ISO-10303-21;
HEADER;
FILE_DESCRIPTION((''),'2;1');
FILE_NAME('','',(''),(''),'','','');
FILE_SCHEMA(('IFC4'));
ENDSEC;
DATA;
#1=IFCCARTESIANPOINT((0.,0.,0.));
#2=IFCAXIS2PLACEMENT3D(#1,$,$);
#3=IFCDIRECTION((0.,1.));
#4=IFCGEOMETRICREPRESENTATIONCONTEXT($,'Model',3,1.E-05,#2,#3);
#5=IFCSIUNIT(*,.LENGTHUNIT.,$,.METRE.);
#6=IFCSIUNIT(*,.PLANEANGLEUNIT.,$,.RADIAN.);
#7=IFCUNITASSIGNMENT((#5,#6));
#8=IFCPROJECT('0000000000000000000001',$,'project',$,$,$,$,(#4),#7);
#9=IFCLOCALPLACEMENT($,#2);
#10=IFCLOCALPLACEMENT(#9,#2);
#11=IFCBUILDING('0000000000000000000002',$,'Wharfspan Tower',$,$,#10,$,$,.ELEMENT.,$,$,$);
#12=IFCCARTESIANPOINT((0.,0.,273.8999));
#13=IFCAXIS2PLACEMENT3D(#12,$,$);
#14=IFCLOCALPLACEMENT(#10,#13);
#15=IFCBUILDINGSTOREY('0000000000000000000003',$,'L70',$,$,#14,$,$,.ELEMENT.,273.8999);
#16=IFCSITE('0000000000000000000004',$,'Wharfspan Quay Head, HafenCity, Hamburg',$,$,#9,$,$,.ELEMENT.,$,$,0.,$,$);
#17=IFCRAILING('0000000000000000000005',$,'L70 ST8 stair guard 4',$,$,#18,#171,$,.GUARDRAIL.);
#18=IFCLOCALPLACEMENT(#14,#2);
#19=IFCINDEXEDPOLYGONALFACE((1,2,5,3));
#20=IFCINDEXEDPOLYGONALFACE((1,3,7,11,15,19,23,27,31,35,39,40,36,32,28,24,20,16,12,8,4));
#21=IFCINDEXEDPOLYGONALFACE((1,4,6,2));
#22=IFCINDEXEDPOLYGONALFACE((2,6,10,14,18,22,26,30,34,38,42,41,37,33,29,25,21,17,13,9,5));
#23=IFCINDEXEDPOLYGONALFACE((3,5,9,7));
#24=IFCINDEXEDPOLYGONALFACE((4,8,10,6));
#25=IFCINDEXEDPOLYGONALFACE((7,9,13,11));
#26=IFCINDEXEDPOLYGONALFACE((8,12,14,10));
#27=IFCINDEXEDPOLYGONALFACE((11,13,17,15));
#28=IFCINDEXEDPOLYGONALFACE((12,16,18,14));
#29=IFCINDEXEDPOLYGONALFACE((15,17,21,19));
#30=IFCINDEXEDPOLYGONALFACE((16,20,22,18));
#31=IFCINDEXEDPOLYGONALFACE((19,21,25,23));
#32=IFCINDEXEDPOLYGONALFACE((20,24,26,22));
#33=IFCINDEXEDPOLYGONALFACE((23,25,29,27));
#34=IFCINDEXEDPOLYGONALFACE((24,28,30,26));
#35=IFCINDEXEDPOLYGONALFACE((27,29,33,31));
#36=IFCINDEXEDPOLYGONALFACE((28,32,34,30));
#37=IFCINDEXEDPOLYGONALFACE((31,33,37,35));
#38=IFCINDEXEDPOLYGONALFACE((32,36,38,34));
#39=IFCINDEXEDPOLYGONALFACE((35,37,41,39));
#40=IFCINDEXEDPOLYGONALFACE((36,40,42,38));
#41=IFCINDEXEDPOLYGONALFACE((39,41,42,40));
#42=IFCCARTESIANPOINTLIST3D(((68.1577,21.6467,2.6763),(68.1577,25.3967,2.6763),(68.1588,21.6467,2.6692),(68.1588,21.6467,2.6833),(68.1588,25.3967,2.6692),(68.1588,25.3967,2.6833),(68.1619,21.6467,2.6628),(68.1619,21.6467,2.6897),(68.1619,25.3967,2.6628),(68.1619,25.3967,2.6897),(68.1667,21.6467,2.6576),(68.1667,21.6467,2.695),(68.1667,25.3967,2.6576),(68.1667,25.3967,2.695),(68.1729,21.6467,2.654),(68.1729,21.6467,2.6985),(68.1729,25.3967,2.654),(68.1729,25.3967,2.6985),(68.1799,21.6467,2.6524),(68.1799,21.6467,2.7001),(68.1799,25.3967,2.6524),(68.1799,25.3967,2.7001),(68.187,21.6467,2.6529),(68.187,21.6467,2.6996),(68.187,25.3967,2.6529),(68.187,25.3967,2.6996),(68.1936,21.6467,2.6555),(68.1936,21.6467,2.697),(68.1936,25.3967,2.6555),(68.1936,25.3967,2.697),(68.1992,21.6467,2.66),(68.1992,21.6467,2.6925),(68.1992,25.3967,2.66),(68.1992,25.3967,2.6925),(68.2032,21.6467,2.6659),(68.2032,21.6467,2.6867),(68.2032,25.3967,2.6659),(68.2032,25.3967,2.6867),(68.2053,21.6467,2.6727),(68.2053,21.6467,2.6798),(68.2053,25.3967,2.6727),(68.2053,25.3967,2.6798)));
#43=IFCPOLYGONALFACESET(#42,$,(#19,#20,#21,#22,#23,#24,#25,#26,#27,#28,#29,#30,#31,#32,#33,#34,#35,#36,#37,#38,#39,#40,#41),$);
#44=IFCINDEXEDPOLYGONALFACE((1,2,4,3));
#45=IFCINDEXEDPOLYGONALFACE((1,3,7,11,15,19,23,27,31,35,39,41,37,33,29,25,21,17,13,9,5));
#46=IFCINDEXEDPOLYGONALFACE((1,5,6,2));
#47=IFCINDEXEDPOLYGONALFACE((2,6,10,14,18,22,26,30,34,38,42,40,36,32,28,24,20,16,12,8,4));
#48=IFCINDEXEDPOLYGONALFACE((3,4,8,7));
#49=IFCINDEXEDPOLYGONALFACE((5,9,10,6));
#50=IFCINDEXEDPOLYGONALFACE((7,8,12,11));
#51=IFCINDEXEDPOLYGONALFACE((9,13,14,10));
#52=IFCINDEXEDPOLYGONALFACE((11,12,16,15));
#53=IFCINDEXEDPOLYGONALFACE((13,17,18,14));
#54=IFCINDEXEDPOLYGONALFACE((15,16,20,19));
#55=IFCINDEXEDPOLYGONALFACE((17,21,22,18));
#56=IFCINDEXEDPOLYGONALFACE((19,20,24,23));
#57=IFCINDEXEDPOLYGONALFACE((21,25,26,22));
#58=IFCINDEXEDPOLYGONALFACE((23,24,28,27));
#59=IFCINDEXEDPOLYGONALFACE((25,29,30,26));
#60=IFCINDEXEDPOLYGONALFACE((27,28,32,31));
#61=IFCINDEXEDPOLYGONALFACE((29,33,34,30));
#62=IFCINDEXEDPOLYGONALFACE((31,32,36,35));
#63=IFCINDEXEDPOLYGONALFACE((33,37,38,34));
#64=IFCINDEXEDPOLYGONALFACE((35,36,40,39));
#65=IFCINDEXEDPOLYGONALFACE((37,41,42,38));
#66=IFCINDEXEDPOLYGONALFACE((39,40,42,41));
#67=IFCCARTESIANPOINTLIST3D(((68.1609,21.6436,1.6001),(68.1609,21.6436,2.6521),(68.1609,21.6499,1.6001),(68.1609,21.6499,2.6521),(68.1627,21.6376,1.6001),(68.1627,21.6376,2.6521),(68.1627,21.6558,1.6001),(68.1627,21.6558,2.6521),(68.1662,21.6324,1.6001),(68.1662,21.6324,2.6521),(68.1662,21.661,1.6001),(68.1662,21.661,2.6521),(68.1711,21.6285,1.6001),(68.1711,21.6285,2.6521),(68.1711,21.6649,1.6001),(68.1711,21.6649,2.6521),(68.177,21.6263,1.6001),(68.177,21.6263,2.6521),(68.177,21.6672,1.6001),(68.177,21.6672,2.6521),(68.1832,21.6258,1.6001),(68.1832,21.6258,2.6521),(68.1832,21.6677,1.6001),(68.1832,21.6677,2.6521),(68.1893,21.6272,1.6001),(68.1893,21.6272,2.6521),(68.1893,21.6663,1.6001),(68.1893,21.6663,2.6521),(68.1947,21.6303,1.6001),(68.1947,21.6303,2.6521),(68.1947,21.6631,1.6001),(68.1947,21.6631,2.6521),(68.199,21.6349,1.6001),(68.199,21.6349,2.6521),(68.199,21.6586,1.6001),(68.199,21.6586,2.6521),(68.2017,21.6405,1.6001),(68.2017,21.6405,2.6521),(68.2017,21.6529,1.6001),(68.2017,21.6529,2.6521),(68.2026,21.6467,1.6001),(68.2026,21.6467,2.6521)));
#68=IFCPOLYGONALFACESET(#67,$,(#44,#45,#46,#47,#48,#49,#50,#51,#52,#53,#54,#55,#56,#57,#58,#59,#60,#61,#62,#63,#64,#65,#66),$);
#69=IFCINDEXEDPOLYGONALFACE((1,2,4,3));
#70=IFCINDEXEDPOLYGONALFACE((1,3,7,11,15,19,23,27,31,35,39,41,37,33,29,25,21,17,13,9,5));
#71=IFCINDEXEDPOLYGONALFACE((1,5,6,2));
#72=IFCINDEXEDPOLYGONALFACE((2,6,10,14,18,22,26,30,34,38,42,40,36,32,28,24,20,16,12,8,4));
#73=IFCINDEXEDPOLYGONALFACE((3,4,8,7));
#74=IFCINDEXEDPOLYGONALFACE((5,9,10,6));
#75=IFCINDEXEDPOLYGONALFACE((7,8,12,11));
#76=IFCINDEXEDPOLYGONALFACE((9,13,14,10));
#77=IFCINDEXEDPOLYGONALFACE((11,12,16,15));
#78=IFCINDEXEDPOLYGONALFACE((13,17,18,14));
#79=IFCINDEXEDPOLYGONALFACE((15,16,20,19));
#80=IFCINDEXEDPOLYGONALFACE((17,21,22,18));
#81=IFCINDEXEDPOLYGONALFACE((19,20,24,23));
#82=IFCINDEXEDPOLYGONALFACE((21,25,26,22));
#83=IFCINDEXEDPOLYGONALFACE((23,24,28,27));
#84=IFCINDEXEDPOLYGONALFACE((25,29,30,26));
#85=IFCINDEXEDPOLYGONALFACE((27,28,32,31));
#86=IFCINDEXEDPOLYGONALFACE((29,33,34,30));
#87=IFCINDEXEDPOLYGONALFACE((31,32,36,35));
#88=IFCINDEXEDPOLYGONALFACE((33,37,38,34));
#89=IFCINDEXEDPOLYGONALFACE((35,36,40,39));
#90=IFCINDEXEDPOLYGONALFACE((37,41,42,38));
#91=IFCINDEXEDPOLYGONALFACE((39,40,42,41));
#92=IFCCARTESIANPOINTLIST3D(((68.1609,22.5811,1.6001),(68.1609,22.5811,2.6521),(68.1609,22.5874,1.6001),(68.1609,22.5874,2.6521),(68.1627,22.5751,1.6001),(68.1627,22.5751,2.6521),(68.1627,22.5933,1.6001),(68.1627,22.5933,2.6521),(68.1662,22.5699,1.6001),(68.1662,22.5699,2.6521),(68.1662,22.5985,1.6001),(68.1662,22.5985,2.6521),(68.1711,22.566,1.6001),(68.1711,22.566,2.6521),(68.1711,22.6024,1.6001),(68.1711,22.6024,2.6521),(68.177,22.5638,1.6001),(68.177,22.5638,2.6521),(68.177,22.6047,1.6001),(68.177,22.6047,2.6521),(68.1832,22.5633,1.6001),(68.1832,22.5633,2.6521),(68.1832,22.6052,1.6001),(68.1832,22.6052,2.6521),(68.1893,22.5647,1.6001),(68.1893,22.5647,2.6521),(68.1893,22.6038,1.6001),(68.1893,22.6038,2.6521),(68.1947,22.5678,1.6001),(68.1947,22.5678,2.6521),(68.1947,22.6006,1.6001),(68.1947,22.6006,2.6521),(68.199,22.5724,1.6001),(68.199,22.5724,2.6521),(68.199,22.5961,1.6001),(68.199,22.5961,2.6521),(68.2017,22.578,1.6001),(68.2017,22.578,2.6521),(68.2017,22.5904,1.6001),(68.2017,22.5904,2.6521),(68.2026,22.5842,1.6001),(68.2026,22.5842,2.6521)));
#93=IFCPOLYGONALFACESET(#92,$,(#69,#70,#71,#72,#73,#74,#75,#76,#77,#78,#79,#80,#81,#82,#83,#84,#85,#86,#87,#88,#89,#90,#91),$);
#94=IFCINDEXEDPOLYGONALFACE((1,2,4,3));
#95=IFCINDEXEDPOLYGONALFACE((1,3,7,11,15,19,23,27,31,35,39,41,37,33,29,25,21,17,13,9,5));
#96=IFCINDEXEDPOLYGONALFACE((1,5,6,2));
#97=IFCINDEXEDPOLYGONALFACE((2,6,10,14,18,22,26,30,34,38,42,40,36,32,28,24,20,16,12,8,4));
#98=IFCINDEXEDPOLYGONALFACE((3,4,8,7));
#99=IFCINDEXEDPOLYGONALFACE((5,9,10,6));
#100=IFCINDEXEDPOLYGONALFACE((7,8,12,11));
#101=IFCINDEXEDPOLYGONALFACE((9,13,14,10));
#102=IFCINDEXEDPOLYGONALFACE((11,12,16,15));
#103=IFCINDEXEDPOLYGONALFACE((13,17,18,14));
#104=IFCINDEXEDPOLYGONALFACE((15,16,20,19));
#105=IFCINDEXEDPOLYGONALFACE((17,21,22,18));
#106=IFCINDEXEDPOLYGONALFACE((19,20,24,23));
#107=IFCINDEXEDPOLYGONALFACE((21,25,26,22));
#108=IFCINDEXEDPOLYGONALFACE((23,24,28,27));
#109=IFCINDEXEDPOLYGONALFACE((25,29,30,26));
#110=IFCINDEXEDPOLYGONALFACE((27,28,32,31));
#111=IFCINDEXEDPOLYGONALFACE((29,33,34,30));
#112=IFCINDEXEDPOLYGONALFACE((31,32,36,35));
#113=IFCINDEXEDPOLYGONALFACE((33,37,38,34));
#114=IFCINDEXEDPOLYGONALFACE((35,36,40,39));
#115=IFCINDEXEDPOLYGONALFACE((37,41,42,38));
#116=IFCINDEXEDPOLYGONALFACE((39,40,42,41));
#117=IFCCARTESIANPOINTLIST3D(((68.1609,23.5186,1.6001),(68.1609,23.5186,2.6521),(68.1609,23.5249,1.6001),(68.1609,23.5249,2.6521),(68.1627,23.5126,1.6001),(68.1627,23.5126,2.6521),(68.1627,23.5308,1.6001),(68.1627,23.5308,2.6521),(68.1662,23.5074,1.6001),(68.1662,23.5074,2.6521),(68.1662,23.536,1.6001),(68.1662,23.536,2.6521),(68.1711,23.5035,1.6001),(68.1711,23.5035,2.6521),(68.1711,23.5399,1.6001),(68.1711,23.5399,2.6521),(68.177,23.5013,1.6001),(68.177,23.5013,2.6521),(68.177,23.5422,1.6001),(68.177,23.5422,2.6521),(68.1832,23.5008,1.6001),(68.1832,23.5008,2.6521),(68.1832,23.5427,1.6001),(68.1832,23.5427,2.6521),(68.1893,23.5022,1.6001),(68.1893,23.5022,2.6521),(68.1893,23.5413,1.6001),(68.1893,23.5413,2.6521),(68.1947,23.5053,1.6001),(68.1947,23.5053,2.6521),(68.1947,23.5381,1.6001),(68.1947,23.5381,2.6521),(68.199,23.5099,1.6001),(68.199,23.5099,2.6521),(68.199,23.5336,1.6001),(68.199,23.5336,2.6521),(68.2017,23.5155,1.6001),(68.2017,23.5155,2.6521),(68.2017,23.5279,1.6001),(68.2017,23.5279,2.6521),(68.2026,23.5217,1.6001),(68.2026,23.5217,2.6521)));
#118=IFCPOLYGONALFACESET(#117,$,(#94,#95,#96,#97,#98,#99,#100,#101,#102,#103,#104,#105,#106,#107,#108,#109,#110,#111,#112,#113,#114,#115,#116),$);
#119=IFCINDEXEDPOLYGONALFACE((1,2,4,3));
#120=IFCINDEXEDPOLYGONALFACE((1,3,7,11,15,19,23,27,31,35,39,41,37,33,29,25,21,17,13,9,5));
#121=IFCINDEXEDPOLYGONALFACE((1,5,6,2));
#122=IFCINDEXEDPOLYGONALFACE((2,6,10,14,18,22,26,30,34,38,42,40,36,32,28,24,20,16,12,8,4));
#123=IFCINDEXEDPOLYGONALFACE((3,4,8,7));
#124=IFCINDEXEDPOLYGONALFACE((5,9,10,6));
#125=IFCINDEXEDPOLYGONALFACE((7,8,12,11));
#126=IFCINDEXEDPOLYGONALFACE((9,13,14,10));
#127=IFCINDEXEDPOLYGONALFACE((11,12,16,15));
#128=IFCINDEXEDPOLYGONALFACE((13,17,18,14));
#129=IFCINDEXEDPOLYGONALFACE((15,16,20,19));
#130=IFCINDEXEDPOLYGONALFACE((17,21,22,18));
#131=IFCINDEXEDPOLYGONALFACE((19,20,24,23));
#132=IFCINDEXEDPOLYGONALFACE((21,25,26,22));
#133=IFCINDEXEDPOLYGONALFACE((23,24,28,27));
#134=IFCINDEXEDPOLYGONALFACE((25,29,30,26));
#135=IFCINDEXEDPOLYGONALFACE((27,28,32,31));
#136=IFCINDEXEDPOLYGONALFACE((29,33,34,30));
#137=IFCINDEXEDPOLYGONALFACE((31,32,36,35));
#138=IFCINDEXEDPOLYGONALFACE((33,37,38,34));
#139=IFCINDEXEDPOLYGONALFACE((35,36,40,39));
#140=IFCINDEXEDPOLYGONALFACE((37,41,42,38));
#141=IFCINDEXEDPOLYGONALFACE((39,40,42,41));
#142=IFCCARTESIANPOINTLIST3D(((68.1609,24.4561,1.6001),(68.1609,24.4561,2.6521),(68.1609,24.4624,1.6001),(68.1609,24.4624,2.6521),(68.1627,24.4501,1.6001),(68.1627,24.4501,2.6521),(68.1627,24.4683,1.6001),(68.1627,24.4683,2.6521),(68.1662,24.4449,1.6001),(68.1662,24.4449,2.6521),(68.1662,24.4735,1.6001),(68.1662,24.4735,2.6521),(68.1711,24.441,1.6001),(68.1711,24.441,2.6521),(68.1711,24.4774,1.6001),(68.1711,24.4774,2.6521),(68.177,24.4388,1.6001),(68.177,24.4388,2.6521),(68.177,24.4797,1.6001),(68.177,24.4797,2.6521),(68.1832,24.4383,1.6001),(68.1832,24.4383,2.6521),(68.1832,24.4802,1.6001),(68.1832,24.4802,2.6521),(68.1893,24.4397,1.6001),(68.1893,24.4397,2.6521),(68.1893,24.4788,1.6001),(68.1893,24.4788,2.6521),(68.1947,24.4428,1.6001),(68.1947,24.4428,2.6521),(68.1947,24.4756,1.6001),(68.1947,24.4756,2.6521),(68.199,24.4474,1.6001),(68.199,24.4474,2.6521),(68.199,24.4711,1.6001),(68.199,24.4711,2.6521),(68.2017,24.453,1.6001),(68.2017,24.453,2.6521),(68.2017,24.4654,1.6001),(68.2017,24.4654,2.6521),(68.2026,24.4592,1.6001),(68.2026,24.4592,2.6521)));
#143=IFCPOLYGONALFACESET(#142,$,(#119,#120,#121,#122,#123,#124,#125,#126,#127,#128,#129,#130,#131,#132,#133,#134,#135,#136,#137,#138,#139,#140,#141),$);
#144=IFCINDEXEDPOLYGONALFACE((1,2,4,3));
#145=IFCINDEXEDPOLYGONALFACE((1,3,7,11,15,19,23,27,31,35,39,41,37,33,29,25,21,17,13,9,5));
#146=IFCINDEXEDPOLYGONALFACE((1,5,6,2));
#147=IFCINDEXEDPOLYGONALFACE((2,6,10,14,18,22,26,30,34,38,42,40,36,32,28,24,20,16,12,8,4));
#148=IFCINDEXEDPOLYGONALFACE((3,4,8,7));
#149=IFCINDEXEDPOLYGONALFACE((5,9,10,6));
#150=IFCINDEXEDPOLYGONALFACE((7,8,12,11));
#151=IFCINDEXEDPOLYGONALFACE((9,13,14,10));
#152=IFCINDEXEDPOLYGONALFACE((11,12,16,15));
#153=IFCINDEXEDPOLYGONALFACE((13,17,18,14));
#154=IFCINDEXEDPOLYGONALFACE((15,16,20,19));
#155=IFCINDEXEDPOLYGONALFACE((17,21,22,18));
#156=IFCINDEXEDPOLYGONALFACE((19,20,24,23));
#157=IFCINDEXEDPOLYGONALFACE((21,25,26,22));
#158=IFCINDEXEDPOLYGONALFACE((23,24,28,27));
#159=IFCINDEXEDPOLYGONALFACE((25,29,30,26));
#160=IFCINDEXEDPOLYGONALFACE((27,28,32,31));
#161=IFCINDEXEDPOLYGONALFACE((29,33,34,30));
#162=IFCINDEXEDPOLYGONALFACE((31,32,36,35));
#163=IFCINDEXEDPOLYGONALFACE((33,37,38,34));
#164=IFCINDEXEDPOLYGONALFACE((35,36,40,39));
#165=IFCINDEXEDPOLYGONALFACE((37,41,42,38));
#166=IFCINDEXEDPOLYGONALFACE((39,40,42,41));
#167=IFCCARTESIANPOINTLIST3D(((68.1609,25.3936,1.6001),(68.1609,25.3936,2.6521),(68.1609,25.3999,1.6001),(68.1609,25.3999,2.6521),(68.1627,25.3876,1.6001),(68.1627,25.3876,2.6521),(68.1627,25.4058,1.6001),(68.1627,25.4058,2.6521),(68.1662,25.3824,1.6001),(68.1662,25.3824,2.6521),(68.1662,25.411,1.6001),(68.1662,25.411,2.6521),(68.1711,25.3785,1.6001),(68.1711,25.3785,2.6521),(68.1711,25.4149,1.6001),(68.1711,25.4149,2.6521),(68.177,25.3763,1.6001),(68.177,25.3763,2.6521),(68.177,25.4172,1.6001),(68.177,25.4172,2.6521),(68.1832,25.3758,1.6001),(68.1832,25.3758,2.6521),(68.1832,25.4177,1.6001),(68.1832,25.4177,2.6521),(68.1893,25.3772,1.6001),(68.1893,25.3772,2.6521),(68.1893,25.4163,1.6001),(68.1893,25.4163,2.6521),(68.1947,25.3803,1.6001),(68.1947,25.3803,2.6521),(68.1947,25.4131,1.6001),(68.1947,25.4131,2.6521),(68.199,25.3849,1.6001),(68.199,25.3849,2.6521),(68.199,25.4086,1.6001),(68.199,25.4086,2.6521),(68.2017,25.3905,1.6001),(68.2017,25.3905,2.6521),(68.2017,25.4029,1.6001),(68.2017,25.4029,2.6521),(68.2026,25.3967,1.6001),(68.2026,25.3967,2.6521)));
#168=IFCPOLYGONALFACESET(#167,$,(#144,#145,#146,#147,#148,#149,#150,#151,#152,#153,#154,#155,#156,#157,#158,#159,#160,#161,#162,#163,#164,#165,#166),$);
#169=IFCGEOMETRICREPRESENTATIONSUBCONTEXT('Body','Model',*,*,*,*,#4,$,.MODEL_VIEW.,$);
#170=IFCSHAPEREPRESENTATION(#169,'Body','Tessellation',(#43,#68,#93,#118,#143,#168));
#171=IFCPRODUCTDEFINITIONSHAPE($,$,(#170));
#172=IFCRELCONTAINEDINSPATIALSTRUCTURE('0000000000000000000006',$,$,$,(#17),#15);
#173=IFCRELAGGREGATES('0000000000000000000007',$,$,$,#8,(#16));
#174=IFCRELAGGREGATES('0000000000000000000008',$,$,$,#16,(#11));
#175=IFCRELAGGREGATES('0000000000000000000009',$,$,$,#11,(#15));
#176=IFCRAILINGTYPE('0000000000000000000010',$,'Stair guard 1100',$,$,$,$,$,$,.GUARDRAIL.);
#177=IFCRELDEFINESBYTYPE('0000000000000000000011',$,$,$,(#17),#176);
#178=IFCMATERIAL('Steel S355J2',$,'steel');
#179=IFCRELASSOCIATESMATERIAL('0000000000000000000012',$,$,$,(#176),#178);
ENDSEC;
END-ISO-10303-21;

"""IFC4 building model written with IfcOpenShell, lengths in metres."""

from ifc_helpers import new_model, si_unit, direction, frame, origin, origin_2d, place, context, subcontext, project, spatial, circle, extrude, material, type_object, element, save


model = new_model("IFC4")

# Units and contexts
model_context = context("Model", 3, precision=1e-05, world=origin(), true_north=direction((0.0, 1.0)))
body_context = subcontext(model_context, "Body", "Model", "MODEL_VIEW")
ifc_project = project(units=[si_unit("LENGTHUNIT", "METRE"), si_unit("PLANEANGLEUNIT", "RADIAN")], contexts=[model_context])

# Site, building, storey
site_placement = place(None, origin())
site = spatial("IfcSite", under=ifc_project, at=site_placement, Name="Wharfspan Quay Head, HafenCity, Hamburg", CompositionType="ELEMENT", RefElevation=0.0)
building_placement = place(site_placement, origin())
building = spatial("IfcBuilding", under=site, at=building_placement, Name="Wharfspan Tower", CompositionType="ELEMENT")
storey_placement = place(building_placement, frame((0.0, 0.0, 273.8999)))
storey = spatial("IfcBuildingStorey", under=building, at=storey_placement, Name="L70", CompositionType="ELEMENT", Elevation=273.8999)

# Shared definitions
ifc_material_1 = material(Name="Steel S355J2", Category="steel")

# Railing
railing_type_1 = type_object("IfcRailingType", Name="Stair guard 1100", PredefinedType="GUARDRAIL", material=ifc_material_1)
railing_1_placement = place(storey_placement, frame((68.1816, 21.6467, 1.6001)))
element("IfcRailing", 1, at=railing_1_placement, inside=storey, type_object=railing_type_1, Name="L70 ST8 stair guard 4", PredefinedType="GUARDRAIL", context=body_context, shape_type="SweptSolid", body=[
    extrude(circle(Radius=0.0239, at=origin_2d()), frame((0.0, 0.0, 1.0762), z_axis=(0.0, 1.0, 0.0), x_axis=(-1.0, 0.0, 0.0)), (0.0, 0.0, 1.0), 3.75),
    extrude(circle(Radius=0.021, at=origin_2d()), origin(), (0.0, 0.0, 1.0), 1.052),
    extrude(circle(Radius=0.021, at=origin_2d()), frame((0.0, 0.9375, 0.0)), (0.0, 0.0, 1.0), 1.052),
    extrude(circle(Radius=0.021, at=origin_2d()), frame((0.0, 1.875, 0.0)), (0.0, 0.0, 1.0), 1.052),
    extrude(circle(Radius=0.021, at=origin_2d()), frame((0.0, 2.8125, 0.0)), (0.0, 0.0, 1.0), 1.052),
    extrude(circle(Radius=0.021, at=origin_2d()), frame((0.0, 3.75, 0.0)), (0.0, 0.0, 1.0), 1.052),
])

save(model, "model.ifc")
